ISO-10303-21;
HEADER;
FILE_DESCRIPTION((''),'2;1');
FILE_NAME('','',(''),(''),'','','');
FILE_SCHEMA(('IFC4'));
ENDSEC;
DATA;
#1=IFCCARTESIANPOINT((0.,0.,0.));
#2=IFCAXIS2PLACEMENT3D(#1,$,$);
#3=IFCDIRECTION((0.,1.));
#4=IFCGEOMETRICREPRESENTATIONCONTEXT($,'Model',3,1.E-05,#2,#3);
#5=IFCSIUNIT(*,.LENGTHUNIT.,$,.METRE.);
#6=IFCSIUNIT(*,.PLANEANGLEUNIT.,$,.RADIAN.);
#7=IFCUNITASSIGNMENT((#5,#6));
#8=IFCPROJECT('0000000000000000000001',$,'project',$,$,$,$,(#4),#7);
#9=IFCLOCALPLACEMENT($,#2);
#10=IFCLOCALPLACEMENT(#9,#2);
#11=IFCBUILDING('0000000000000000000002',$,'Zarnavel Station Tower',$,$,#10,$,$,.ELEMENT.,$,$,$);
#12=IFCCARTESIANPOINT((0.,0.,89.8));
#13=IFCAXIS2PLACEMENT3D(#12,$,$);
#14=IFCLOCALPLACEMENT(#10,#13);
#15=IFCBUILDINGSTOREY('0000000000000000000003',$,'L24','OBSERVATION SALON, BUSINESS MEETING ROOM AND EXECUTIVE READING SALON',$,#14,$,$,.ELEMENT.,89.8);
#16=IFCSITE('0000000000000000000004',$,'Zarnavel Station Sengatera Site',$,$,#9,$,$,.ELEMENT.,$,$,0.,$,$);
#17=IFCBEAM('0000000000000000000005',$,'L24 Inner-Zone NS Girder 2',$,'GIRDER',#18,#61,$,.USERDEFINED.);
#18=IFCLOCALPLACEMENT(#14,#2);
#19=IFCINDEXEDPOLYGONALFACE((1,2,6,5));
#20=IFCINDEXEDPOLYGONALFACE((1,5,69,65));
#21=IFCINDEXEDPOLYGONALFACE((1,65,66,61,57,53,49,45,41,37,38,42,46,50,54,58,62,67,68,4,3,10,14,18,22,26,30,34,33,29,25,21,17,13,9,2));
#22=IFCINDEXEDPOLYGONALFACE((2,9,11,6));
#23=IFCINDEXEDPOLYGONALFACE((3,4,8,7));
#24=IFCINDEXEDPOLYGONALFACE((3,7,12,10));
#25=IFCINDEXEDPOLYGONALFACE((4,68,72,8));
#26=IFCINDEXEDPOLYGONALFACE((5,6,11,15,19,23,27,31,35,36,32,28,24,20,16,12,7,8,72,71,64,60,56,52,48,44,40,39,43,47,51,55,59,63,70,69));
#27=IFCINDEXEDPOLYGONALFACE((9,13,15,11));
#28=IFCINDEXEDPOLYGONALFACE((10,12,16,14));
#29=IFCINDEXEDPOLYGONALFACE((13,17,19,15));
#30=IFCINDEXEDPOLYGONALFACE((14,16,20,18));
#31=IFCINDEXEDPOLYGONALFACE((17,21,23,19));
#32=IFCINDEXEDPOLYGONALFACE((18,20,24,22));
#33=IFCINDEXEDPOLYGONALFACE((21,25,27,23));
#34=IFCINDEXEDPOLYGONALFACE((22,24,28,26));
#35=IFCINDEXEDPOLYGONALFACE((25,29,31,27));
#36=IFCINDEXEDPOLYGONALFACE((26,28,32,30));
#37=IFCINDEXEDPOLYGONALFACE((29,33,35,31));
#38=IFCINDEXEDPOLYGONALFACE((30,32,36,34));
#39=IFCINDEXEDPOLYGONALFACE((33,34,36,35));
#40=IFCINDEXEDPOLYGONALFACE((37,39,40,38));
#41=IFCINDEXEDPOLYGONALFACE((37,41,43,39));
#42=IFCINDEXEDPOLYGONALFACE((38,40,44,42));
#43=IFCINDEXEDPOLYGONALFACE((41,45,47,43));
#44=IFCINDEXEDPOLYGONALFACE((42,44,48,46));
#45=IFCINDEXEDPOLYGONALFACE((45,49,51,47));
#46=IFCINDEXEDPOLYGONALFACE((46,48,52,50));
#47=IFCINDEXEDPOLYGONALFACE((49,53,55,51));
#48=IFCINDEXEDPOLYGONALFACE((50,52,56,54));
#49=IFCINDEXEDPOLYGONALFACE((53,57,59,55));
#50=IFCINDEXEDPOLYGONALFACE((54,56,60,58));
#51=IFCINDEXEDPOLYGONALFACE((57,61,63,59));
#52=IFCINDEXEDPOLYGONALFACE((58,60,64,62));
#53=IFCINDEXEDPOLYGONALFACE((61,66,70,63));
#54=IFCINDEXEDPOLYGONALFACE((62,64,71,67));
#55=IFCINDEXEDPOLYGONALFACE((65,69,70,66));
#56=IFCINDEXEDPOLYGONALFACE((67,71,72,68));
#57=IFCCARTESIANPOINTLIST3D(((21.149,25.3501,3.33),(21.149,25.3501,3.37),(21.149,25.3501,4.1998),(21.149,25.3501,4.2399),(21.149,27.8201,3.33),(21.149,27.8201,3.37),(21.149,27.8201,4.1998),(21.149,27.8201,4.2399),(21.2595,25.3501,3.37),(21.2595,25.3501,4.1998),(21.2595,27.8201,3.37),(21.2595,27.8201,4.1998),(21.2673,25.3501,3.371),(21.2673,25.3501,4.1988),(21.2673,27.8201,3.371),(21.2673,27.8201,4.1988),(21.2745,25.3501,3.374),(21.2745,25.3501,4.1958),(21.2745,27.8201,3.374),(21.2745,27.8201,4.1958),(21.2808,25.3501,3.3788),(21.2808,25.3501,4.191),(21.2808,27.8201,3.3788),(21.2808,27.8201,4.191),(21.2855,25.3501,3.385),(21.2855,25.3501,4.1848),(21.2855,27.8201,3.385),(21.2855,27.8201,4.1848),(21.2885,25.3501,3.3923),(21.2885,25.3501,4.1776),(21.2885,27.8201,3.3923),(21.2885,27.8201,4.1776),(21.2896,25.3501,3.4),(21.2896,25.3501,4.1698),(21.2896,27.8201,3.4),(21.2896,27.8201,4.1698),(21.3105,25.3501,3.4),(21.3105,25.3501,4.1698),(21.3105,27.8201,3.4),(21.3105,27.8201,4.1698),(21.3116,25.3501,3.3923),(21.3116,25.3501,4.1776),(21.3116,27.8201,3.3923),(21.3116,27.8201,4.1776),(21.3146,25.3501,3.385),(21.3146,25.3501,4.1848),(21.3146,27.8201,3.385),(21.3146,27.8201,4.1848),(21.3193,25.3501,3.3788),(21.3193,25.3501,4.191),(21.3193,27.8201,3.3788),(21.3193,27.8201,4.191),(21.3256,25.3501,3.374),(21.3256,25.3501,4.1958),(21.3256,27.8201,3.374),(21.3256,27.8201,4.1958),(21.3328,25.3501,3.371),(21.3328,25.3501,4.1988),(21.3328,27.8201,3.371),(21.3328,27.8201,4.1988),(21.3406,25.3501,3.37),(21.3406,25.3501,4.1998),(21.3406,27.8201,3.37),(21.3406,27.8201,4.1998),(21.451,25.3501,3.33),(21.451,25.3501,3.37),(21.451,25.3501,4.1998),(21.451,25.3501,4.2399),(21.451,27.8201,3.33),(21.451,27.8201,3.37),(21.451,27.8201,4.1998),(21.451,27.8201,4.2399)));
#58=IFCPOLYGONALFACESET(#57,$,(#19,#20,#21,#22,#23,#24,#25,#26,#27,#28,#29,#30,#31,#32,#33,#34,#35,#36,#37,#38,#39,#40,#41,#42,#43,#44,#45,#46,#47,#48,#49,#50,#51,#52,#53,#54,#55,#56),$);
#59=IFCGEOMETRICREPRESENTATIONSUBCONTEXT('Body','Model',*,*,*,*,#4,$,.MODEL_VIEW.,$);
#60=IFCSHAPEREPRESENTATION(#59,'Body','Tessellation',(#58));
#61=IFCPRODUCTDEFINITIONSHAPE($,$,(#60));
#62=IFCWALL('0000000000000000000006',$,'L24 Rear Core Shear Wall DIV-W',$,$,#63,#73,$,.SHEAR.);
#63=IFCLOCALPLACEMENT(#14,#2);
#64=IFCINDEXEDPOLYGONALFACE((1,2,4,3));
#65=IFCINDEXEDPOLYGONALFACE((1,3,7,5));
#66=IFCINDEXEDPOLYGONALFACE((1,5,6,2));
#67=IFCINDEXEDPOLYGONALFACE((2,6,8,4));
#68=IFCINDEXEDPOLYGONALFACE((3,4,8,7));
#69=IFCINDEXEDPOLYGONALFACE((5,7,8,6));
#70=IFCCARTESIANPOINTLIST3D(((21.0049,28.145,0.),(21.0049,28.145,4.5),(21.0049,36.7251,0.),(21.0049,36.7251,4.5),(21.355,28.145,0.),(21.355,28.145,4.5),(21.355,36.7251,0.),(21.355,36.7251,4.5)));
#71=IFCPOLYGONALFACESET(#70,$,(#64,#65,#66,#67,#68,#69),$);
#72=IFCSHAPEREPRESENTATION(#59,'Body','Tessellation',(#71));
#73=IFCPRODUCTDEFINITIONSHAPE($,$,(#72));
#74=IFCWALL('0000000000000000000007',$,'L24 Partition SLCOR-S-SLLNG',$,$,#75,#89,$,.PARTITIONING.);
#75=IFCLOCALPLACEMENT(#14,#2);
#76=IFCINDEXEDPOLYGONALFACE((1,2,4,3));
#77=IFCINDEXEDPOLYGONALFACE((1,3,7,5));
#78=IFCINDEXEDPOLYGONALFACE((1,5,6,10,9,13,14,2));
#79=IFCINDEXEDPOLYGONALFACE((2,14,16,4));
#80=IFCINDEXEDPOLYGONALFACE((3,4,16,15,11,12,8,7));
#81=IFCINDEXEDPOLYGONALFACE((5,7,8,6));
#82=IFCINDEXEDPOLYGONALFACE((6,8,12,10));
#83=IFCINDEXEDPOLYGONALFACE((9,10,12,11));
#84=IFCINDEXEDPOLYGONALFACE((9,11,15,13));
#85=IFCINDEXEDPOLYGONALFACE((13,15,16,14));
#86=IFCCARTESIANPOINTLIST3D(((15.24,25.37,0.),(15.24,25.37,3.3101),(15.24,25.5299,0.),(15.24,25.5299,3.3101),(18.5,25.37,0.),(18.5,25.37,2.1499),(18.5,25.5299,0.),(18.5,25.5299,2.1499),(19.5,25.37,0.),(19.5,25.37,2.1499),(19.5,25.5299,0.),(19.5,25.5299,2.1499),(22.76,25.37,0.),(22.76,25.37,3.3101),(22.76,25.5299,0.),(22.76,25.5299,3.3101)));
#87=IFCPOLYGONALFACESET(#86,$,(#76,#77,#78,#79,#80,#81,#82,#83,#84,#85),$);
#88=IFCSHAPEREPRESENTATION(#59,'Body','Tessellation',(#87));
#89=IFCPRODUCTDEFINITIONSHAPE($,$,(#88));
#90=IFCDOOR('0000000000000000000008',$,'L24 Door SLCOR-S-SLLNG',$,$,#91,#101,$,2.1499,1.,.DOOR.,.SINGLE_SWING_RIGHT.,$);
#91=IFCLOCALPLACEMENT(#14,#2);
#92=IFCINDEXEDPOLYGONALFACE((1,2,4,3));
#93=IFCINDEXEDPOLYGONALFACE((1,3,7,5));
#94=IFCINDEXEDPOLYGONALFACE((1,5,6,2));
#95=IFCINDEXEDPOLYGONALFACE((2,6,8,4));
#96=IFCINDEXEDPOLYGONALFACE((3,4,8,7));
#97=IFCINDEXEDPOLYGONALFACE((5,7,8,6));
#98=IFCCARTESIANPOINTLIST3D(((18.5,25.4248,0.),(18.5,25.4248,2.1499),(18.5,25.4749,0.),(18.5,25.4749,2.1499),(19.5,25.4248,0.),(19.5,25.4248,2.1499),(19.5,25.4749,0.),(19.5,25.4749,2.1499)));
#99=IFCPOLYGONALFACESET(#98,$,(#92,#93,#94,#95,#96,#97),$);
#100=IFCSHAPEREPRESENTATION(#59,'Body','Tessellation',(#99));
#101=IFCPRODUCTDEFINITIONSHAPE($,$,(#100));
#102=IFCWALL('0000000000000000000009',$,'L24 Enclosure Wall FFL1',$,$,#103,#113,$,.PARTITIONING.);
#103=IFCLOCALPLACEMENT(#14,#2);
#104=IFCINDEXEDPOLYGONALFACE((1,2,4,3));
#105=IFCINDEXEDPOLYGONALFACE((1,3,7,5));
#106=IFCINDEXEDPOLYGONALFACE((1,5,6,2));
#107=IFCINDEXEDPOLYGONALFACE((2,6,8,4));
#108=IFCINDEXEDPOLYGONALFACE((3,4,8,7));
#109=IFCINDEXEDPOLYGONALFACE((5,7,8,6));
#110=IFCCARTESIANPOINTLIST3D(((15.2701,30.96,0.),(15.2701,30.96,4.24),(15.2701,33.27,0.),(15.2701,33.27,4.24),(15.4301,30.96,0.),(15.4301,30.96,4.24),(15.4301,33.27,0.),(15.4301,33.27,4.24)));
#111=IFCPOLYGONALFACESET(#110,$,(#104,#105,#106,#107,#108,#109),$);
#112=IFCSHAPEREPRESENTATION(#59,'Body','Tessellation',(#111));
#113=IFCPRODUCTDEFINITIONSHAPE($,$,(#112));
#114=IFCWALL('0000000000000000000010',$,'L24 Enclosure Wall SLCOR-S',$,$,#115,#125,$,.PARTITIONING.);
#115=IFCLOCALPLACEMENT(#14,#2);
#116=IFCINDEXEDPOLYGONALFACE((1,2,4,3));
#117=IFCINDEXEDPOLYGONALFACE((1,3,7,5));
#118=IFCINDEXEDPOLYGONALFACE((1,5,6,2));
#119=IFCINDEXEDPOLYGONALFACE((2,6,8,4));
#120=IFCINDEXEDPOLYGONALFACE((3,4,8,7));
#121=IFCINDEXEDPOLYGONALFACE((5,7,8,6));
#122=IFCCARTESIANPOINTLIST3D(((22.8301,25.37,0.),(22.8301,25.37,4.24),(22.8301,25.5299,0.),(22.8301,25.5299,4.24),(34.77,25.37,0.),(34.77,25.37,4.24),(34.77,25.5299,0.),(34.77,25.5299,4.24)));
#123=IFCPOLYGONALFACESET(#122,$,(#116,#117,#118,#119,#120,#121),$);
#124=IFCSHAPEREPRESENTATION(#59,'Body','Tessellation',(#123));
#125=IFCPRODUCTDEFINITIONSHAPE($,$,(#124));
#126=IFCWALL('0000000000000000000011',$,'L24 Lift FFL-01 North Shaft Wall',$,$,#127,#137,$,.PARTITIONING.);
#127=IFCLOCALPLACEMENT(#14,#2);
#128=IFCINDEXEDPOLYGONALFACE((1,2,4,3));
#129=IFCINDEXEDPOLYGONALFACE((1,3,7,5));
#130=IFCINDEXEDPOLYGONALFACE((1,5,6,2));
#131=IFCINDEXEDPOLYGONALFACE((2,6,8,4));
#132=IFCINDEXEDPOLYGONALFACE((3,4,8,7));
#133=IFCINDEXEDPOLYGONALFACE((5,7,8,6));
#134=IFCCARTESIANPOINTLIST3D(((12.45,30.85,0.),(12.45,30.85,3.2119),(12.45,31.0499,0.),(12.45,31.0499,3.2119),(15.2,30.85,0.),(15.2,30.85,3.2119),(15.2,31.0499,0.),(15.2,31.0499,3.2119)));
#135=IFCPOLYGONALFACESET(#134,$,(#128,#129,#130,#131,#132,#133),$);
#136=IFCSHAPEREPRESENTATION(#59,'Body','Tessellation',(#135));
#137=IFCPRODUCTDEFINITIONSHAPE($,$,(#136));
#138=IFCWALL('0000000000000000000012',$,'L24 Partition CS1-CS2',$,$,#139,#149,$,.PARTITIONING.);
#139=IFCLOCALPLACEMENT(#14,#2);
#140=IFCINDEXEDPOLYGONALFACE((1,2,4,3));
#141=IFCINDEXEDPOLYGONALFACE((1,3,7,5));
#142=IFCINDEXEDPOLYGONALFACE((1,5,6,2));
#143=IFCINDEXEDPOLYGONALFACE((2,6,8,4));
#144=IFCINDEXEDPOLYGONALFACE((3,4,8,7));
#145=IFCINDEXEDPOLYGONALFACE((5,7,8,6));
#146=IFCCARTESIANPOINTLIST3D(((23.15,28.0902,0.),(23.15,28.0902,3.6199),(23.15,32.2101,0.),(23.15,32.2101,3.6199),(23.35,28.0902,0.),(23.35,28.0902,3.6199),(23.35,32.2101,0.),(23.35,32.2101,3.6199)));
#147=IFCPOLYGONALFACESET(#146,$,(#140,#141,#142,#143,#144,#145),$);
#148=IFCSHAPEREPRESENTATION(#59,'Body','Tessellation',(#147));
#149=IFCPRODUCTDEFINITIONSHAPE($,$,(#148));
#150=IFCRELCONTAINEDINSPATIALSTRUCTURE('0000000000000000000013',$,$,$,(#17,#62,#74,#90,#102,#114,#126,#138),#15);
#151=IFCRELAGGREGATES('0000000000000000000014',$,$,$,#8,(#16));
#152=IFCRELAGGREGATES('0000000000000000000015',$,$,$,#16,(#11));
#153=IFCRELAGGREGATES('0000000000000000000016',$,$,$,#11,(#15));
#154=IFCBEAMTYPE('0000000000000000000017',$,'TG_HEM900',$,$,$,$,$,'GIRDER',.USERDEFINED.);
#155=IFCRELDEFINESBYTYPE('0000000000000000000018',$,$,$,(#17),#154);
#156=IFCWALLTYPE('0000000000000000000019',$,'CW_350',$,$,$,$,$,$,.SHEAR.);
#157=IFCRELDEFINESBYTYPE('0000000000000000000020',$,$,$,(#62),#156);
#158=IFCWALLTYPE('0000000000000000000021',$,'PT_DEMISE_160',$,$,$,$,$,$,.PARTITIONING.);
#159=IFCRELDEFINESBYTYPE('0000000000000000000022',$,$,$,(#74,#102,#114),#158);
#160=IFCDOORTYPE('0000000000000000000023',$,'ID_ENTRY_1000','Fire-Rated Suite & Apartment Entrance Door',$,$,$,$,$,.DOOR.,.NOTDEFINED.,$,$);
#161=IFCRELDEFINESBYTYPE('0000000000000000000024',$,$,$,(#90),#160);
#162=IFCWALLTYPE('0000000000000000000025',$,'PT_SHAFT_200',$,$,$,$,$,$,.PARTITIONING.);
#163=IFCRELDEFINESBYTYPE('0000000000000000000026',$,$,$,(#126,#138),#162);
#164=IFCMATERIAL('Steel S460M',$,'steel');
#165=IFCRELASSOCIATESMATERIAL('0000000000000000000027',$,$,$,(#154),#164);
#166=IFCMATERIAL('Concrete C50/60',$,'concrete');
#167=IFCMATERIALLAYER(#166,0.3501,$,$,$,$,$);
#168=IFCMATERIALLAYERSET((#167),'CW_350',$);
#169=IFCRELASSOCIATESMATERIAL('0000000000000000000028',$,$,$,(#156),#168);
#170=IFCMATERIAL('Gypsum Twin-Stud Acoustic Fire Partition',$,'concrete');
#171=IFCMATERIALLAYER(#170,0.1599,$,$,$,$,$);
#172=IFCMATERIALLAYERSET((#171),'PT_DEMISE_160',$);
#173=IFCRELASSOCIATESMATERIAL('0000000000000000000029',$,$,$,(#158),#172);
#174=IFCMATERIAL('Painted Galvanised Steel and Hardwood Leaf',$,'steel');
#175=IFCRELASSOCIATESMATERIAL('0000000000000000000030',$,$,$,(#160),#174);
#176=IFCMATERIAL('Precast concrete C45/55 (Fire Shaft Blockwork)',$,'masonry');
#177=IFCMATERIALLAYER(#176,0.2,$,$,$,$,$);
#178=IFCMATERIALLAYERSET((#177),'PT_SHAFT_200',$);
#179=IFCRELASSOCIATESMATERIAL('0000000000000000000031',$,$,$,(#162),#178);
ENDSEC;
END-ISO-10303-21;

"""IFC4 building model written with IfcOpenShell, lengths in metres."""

from ifc_helpers import new_model, si_unit, direction, frame, frame_2d, origin, origin_2d, place, context, subcontext, project, spatial, rectangle, i_section, extrude, material, layer, layer_set, material_profile, profile_set, type_object, element, fill, save


model = new_model("IFC4")

# Units and contexts
model_context = context("Model", 3, precision=1e-05, world=origin(), true_north=direction((0.0, 1.0)))
body_context = subcontext(model_context, "Body", "Model", "MODEL_VIEW")
ifc_project = project(units=[si_unit("LENGTHUNIT", "METRE"), si_unit("PLANEANGLEUNIT", "RADIAN")], contexts=[model_context])

# Site, building, storey
site_placement = place(None, origin())
site = spatial("IfcSite", under=ifc_project, at=site_placement, Name="Zarnavel Station Sengatera Site", CompositionType="ELEMENT", RefElevation=0.0)
building_placement = place(site_placement, origin())
building = spatial("IfcBuilding", under=site, at=building_placement, Name="Zarnavel Station Tower", CompositionType="ELEMENT")
storey_placement = place(building_placement, frame((0.0, 0.0, 89.8)))
storey = spatial("IfcBuildingStorey", under=building, at=storey_placement, Name="L24", Description="OBSERVATION SALON, BUSINESS MEETING ROOM AND EXECUTIVE READING SALON", CompositionType="ELEMENT", Elevation=89.8)

# Beam
ifc_material_1 = material(Name="Steel S460M", Category="steel")
ifc_material_profile_1 = material_profile(ifc_material_1, i_section(OverallWidth=0.302, OverallDepth=0.9099, WebThickness=0.021, FlangeThickness=0.04, FilletRadius=0.03, at=origin_2d()), Name="HEM900")
ifc_profile_set_1 = profile_set([ifc_material_profile_1], Name="Steel S460M")
beam_type_1 = type_object("IfcBeamType", Name="TG_HEM900", ElementType="GIRDER", PredefinedType="USERDEFINED", material=ifc_profile_set_1)
beam_1_placement = place(storey_placement, frame((21.3, 25.3501, 3.7849), z_axis=(0.0, 1.0, 0.0), x_axis=(-1.0, 0.0, 0.0)))
element("IfcBeam", 1, at=beam_1_placement, inside=storey, type_object=beam_type_1, Name="L24 Inner-Zone NS Girder 2", ObjectType="GIRDER", PredefinedType="USERDEFINED", context=body_context, shape_type="SweptSolid", body=[
    extrude(i_section(OverallWidth=0.302, OverallDepth=0.9099, WebThickness=0.021, FlangeThickness=0.04, FilletRadius=0.03, at=origin_2d()), origin(), (0.0, 0.0, 1.0), 2.47),
])

# Wall
ifc_material_2 = material(Name="Concrete C50/60", Category="concrete")
ifc_layer_1 = layer(ifc_material_2, 0.3501)
ifc_layer_set_1 = layer_set([ifc_layer_1], Name="CW_350")
wall_type_1 = type_object("IfcWallType", Name="CW_350", PredefinedType="SHEAR", material=ifc_layer_set_1)
wall_1_placement = place(storey_placement, frame((21.1799, 28.145, 0.0), z_axis=(0.0, 0.0, 1.0), x_axis=(0.0, 1.0, 0.0)))
element("IfcWall", 2, at=wall_1_placement, inside=storey, type_object=wall_type_1, Name="L24 Rear Core Shear Wall DIV-W", PredefinedType="SHEAR", context=body_context, shape_type="SweptSolid", body=[
    extrude(rectangle(XDim=8.5801, YDim=0.3501, at=frame_2d((4.29, 0.0))), origin(), (0.0, 0.0, 1.0), 4.5),
])

# Wall, opening, door
ifc_material_3 = material(Name="Gypsum Twin-Stud Acoustic Fire Partition", Category="concrete")
ifc_layer_2 = layer(ifc_material_3, 0.1599)
ifc_layer_set_2 = layer_set([ifc_layer_2], Name="PT_DEMISE_160")
wall_type_2 = type_object("IfcWallType", Name="PT_DEMISE_160", PredefinedType="PARTITIONING", material=ifc_layer_set_2)
wall_2_placement = place(storey_placement, frame((15.24, 25.45, 0.0), z_axis=(0.0, 0.0, 1.0), x_axis=(1.0, 0.0, 0.0)))
wall_2 = element("IfcWall", 3, at=wall_2_placement, inside=storey, type_object=wall_type_2, Name="L24 Partition SLCOR-S-SLLNG", PredefinedType="PARTITIONING", context=body_context, shape_type="SweptSolid", body=[
    extrude(rectangle(XDim=7.52, YDim=0.1599, at=frame_2d((3.76, 0.0))), origin(), (0.0, 0.0, 1.0), 3.3101),
])
opening_1_placement = place(wall_2_placement, frame((3.26, 0.0, 0.0)))
opening_1 = element("IfcOpeningElement", 4, at=opening_1_placement, cuts=wall_2, PredefinedType="OPENING", context=body_context, shape_type="SweptSolid", body=[
    extrude(rectangle(XDim=1.0, YDim=2.1499, at=frame_2d((0.5, 1.075))), frame((0.0, 0.0898, 0.0), z_axis=(0.0, -1.0, 0.0), x_axis=(1.0, 0.0, 0.0)), (0.0, 0.0, 1.0), 0.1799),
])
ifc_material_4 = material(Name="Painted Galvanised Steel and Hardwood Leaf", Category="steel")
door_type_1 = type_object("IfcDoorType", Name="ID_ENTRY_1000", Description="Fire-Rated Suite & Apartment Entrance Door", OperationType="NOTDEFINED", PredefinedType="DOOR", material=ifc_material_4)
door_1_placement = place(opening_1_placement, origin())
door_1 = element("IfcDoor", 5, at=door_1_placement, inside=storey, type_object=door_type_1, Name="L24 Door SLCOR-S-SLLNG", OperationType="SINGLE_SWING_RIGHT", OverallHeight=2.1499, OverallWidth=1.0, PredefinedType="DOOR", context=body_context, shape_type="SweptSolid", body=[
    extrude(rectangle(XDim=1.0, YDim=2.1499, at=frame_2d((0.5, 1.075))), frame((0.0, 0.0249, 0.0), z_axis=(0.0, -1.0, 0.0), x_axis=(1.0, 0.0, 0.0)), (0.0, 0.0, 1.0), 0.05),
])
fill(opening_1, door_1)

# Walls
wall_3_placement = place(storey_placement, frame((15.3501, 30.96, 0.0), z_axis=(0.0, 0.0, 1.0), x_axis=(0.0, 1.0, 0.0)))
element("IfcWall", 6, at=wall_3_placement, inside=storey, type_object=wall_type_2, Name="L24 Enclosure Wall FFL1", PredefinedType="PARTITIONING", context=body_context, shape_type="SweptSolid", body=[
    extrude(rectangle(XDim=2.3101, YDim=0.1599, at=frame_2d((1.155, 0.0))), origin(), (0.0, 0.0, 1.0), 4.24),
])
wall_4_placement = place(storey_placement, frame((22.8301, 25.45, 0.0), z_axis=(0.0, 0.0, 1.0), x_axis=(1.0, 0.0, 0.0)))
element("IfcWall", 7, at=wall_4_placement, inside=storey, type_object=wall_type_2, Name="L24 Enclosure Wall SLCOR-S", PredefinedType="PARTITIONING", context=body_context, shape_type="SweptSolid", body=[
    extrude(rectangle(XDim=11.9399, YDim=0.1599, at=frame_2d((5.97, 0.0))), origin(), (0.0, 0.0, 1.0), 4.24),
])

# Shared definitions
ifc_material_5 = material(Name="Precast concrete C45/55 (Fire Shaft Blockwork)", Category="masonry")
ifc_layer_3 = layer(ifc_material_5, 0.2)
ifc_layer_set_3 = layer_set([ifc_layer_3], Name="PT_SHAFT_200")
wall_type_3 = type_object("IfcWallType", Name="PT_SHAFT_200", PredefinedType="PARTITIONING", material=ifc_layer_set_3)

# Wall
wall_5_placement = place(storey_placement, frame((12.45, 30.95, 0.0), z_axis=(0.0, 0.0, 1.0), x_axis=(1.0, 0.0, 0.0)))
element("IfcWall", 8, at=wall_5_placement, inside=storey, type_object=wall_type_3, Name="L24 Lift FFL-01 North Shaft Wall", PredefinedType="PARTITIONING", context=body_context, shape_type="SweptSolid", body=[
    extrude(rectangle(XDim=2.75, YDim=0.2, at=frame_2d((1.375, 0.0))), origin(), (0.0, 0.0, 1.0), 3.2119),
])

# Wall
wall_6_placement = place(storey_placement, frame((23.25, 28.0901, 0.0), z_axis=(0.0, 0.0, 1.0), x_axis=(0.0, 1.0, 0.0)))
element("IfcWall", 9, at=wall_6_placement, inside=storey, type_object=wall_type_3, Name="L24 Partition CS1-CS2", PredefinedType="PARTITIONING", context=body_context, shape_type="SweptSolid", body=[
    extrude(rectangle(XDim=4.1199, YDim=0.2, at=frame_2d((2.0601, 0.0))), origin(), (0.0, 0.0, 1.0), 3.6199),
])

save(model, "model.ifc")
